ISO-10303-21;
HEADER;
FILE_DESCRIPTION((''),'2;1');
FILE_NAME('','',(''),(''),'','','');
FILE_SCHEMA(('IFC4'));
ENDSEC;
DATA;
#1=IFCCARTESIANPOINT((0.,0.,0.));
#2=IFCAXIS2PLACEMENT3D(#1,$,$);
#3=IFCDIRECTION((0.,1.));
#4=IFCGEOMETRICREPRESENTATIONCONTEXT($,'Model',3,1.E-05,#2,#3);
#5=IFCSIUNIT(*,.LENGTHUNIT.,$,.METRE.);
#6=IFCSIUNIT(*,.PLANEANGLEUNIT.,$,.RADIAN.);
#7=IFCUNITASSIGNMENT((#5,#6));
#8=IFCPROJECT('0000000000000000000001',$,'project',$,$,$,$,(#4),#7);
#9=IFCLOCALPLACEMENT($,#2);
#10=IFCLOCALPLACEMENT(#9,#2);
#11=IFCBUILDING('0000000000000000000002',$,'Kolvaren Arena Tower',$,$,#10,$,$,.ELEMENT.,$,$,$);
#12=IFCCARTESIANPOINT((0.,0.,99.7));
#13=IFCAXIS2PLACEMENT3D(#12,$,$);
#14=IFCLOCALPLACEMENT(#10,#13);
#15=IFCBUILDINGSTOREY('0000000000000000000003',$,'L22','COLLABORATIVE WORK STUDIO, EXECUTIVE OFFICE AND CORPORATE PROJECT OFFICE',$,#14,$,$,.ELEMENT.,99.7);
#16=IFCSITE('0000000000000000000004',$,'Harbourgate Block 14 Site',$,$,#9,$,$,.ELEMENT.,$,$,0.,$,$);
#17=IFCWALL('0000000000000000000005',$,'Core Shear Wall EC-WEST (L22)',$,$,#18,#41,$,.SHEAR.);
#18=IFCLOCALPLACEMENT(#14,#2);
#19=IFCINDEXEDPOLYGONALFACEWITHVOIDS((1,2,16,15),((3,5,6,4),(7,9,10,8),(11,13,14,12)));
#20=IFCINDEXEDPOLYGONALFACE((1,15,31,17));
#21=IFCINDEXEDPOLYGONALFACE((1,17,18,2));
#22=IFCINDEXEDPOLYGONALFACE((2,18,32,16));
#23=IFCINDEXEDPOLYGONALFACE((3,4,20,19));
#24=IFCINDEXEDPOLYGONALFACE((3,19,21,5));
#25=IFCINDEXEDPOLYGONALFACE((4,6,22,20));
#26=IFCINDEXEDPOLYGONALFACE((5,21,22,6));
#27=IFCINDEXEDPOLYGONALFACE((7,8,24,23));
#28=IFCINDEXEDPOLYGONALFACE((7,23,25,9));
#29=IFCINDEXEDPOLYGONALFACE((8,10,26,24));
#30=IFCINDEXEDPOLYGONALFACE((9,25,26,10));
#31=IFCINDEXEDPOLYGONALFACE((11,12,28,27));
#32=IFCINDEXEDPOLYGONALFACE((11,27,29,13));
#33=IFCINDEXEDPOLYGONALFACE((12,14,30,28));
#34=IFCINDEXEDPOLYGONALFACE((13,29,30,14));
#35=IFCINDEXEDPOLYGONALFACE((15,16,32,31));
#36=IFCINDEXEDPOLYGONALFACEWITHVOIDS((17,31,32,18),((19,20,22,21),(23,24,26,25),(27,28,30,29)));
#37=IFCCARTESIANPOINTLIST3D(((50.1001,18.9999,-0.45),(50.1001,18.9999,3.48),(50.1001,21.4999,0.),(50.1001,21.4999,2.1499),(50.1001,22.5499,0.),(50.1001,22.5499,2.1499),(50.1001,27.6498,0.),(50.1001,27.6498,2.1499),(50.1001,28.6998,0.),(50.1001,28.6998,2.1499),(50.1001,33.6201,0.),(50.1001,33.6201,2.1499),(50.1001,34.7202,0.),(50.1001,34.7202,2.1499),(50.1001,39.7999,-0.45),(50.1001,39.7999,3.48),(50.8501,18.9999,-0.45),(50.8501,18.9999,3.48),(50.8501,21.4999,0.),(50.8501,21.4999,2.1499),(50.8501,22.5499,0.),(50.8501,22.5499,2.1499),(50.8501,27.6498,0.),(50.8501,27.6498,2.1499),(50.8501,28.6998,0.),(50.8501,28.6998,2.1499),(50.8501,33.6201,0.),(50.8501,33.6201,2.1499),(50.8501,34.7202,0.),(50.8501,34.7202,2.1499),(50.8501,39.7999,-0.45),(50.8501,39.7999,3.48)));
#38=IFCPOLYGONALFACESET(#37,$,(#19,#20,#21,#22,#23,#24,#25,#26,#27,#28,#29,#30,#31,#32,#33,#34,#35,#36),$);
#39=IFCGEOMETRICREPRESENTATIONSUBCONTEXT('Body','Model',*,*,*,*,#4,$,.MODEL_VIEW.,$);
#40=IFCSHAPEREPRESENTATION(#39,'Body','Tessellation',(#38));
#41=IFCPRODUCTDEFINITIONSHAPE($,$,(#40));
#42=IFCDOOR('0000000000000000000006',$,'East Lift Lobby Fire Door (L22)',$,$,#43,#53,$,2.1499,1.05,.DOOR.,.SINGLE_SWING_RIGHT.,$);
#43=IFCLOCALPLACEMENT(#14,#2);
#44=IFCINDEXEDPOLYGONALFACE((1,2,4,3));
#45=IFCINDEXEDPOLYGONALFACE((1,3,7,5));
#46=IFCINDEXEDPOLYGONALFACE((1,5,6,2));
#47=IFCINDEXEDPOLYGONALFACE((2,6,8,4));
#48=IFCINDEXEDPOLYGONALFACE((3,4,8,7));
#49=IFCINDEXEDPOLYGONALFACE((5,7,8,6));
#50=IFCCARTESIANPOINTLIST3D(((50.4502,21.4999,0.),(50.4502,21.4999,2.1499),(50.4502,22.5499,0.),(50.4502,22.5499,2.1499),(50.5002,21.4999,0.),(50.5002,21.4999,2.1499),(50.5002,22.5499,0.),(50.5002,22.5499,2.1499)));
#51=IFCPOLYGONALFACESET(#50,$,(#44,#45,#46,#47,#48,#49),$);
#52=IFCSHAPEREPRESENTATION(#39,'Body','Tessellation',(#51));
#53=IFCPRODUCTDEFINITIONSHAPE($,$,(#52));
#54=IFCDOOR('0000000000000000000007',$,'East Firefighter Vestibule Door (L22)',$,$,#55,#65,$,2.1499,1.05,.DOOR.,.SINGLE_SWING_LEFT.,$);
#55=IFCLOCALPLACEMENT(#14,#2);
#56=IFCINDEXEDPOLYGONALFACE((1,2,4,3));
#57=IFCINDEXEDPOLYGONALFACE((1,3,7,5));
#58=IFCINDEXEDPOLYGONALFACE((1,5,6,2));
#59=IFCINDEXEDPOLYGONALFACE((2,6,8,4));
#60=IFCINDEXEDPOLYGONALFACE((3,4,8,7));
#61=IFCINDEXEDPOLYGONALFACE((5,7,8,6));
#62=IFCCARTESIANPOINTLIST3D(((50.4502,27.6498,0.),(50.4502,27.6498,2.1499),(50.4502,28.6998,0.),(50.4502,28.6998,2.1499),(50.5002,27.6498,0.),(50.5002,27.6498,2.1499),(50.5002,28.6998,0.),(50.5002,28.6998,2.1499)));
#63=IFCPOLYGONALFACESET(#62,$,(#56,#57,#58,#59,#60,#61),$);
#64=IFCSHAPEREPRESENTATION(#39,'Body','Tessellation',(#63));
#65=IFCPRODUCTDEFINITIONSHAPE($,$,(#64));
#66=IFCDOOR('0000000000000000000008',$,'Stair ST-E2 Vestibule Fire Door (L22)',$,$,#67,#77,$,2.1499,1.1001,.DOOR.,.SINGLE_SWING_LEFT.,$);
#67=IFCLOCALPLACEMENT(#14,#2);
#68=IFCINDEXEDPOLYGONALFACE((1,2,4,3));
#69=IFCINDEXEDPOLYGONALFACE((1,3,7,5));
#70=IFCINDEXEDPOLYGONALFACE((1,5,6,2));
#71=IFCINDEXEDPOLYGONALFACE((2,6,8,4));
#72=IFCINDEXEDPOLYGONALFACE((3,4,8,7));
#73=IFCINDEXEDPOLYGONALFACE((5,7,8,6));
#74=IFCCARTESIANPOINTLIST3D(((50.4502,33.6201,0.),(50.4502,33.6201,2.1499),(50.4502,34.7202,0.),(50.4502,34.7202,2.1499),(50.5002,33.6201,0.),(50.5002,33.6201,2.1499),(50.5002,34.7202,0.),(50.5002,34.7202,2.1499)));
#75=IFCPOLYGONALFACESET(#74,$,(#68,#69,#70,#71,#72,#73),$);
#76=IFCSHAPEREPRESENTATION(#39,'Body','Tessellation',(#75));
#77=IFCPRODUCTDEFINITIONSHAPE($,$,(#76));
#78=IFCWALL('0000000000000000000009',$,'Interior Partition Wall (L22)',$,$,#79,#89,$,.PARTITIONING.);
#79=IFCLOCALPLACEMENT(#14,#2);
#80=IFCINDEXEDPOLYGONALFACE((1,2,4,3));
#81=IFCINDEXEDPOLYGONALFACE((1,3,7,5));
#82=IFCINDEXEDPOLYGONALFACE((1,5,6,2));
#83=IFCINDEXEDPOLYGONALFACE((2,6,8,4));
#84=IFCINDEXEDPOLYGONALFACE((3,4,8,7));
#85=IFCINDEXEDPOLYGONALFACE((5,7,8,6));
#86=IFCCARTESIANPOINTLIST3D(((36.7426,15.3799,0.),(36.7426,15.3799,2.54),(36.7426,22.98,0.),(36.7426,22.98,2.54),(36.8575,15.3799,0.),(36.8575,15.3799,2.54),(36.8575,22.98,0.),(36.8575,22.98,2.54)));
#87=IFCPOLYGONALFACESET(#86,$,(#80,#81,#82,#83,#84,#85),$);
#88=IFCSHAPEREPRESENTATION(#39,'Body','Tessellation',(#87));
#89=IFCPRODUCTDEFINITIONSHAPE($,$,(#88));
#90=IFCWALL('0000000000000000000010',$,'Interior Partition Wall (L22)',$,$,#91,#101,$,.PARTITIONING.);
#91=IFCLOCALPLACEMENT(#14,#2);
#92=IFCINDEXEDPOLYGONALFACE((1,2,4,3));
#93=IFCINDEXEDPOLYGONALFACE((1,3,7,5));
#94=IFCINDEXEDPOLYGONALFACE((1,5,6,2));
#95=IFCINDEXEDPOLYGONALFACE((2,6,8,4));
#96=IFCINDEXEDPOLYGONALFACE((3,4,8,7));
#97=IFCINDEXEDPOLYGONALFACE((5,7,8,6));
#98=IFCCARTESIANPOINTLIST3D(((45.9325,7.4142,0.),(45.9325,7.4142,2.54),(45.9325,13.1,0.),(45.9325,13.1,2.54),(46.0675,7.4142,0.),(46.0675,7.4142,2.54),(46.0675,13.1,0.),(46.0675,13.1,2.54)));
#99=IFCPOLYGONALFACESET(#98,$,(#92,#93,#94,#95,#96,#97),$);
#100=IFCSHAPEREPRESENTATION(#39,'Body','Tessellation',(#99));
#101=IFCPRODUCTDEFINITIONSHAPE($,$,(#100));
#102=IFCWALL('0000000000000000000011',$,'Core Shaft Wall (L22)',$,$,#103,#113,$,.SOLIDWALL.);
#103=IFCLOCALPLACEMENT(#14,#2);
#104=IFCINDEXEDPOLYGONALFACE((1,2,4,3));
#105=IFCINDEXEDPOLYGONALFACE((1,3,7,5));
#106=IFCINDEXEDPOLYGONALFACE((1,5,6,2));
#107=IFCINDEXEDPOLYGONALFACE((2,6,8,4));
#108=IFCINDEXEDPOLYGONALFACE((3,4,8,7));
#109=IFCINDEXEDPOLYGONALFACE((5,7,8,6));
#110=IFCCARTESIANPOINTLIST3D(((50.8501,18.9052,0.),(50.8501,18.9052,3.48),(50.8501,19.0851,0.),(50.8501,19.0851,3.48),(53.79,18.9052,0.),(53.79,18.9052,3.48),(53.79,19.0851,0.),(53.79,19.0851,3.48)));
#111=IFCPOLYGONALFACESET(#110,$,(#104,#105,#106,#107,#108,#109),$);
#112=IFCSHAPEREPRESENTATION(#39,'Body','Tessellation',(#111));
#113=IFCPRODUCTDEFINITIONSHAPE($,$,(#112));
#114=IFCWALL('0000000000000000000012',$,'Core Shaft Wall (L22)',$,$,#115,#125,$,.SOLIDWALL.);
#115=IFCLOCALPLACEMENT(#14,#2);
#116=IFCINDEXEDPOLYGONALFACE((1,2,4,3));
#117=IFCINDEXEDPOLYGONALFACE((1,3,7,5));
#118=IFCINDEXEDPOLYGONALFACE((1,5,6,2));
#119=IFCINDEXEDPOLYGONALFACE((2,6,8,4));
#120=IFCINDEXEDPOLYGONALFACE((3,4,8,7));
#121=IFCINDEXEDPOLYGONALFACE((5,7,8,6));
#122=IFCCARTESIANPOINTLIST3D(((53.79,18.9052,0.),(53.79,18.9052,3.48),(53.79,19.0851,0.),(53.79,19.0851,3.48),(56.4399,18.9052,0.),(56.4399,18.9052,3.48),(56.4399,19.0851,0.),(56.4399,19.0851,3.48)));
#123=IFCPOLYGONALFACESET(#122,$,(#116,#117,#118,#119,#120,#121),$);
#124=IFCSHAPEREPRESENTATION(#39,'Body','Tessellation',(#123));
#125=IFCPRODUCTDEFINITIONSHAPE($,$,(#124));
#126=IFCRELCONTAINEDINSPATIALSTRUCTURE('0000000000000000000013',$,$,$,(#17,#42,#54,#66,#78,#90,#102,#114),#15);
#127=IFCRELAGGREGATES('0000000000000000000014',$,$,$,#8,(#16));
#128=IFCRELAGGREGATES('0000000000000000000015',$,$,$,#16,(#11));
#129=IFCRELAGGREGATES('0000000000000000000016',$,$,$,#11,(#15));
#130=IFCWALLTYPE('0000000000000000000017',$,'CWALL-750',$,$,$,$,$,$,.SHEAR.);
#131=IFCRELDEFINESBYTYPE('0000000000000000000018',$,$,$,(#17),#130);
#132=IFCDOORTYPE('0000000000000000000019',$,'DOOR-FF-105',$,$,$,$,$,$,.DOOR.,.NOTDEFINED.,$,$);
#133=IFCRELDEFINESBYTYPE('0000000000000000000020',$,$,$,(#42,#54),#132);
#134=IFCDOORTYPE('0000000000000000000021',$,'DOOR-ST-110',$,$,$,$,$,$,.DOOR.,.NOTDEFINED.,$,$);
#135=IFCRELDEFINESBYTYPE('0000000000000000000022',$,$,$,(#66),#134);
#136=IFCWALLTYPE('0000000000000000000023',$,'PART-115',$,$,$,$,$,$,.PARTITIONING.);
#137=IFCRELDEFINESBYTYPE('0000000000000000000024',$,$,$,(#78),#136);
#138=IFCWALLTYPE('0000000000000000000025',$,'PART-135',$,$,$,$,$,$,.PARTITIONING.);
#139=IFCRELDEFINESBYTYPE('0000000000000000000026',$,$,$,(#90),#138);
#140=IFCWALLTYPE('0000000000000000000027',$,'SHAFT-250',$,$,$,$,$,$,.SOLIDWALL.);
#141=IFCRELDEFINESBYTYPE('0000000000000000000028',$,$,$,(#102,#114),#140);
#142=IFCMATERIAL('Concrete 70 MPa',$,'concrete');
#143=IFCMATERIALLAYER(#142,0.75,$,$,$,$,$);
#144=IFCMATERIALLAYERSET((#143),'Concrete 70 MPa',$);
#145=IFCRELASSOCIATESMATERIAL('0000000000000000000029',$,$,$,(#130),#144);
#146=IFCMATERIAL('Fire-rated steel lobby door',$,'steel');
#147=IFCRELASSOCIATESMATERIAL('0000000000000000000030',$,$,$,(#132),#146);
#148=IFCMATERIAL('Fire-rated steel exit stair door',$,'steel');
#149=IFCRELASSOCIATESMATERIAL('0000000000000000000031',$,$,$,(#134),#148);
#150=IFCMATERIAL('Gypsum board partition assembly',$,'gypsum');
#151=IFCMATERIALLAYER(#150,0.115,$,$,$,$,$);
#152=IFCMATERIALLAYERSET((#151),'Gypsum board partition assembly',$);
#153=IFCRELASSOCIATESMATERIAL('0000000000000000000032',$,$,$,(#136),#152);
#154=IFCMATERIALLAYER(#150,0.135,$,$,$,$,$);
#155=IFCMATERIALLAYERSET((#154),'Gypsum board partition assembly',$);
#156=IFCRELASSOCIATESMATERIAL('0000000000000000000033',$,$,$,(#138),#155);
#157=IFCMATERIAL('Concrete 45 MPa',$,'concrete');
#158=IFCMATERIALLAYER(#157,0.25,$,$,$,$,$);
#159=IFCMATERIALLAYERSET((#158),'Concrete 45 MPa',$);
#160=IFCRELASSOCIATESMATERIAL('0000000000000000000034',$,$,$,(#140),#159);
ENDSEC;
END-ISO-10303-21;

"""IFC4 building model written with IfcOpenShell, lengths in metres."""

from ifc_helpers import new_model, si_unit, direction, frame, frame_2d, origin, place, context, subcontext, project, spatial, rectangle, extrude, material, layer, layer_set, type_object, element, fill, save


model = new_model("IFC4")

# Units and contexts
model_context = context("Model", 3, precision=1e-05, world=origin(), true_north=direction((0.0, 1.0)))
body_context = subcontext(model_context, "Body", "Model", "MODEL_VIEW")
ifc_project = project(units=[si_unit("LENGTHUNIT", "METRE"), si_unit("PLANEANGLEUNIT", "RADIAN")], contexts=[model_context])

# Site, building, storey
site_placement = place(None, origin())
site = spatial("IfcSite", under=ifc_project, at=site_placement, Name="Harbourgate Block 14 Site", CompositionType="ELEMENT", RefElevation=0.0)
building_placement = place(site_placement, origin())
building = spatial("IfcBuilding", under=site, at=building_placement, Name="Kolvaren Arena Tower", CompositionType="ELEMENT")
storey_placement = place(building_placement, frame((0.0, 0.0, 99.7)))
storey = spatial("IfcBuildingStorey", under=building, at=storey_placement, Name="L22", Description="COLLABORATIVE WORK STUDIO, EXECUTIVE OFFICE AND CORPORATE PROJECT OFFICE", CompositionType="ELEMENT", Elevation=99.7)

# Wall, openings, doors
ifc_material_1 = material(Name="Concrete 70 MPa", Category="concrete")
ifc_layer_1 = layer(ifc_material_1, 0.75)
ifc_layer_set_1 = layer_set([ifc_layer_1], Name="Concrete 70 MPa")
wall_type_1 = type_object("IfcWallType", Name="CWALL-750", PredefinedType="SHEAR", material=ifc_layer_set_1)
wall_1_placement = place(storey_placement, frame((50.4751, 19.0, -0.45), z_axis=(0.0, 0.0, 1.0), x_axis=(0.0, 1.0, 0.0)))
wall_1 = element("IfcWall", 1, at=wall_1_placement, inside=storey, type_object=wall_type_1, Name="Core Shear Wall EC-WEST (L22)", PredefinedType="SHEAR", context=body_context, shape_type="SweptSolid", body=[
    extrude(rectangle(XDim=20.8, YDim=0.75, at=frame_2d((10.3999, 0.0))), origin(), (0.0, 0.0, 1.0), 3.9299),
])
opening_1_placement = place(wall_1_placement, frame((2.5, 0.0, 0.45)))
opening_1 = element("IfcOpeningElement", 2, at=opening_1_placement, cuts=wall_1, PredefinedType="OPENING", context=body_context, shape_type="SweptSolid", body=[
    extrude(rectangle(XDim=1.05, YDim=2.1499, at=frame_2d((0.5249, 1.075))), frame((0.0, 0.385, 0.0), z_axis=(0.0, -1.0, 0.0), x_axis=(1.0, 0.0, 0.0)), (0.0, 0.0, 1.0), 0.77),
])
opening_2_placement = place(wall_1_placement, frame((8.6499, 0.0, 0.45)))
opening_2 = element("IfcOpeningElement", 3, at=opening_2_placement, cuts=wall_1, PredefinedType="OPENING", context=body_context, shape_type="SweptSolid", body=[
    extrude(rectangle(XDim=1.05, YDim=2.1499, at=frame_2d((0.5249, 1.075))), frame((0.0, 0.385, 0.0), z_axis=(0.0, -1.0, 0.0), x_axis=(1.0, 0.0, 0.0)), (0.0, 0.0, 1.0), 0.77),
])
opening_3_placement = place(wall_1_placement, frame((14.6201, 0.0, 0.45)))
opening_3 = element("IfcOpeningElement", 4, at=opening_3_placement, cuts=wall_1, PredefinedType="OPENING", context=body_context, shape_type="SweptSolid", body=[
    extrude(rectangle(XDim=1.1001, YDim=2.1499, at=frame_2d((0.55, 1.075))), frame((0.0, 0.385, 0.0), z_axis=(0.0, -1.0, 0.0), x_axis=(1.0, 0.0, 0.0)), (0.0, 0.0, 1.0), 0.77),
])
ifc_material_2 = material(Name="Fire-rated steel lobby door", Category="steel")
door_type_1 = type_object("IfcDoorType", Name="DOOR-FF-105", OperationType="NOTDEFINED", PredefinedType="DOOR", material=ifc_material_2)
door_1_placement = place(opening_1_placement, origin())
door_1 = element("IfcDoor", 5, at=door_1_placement, inside=storey, type_object=door_type_1, Name="East Lift Lobby Fire Door (L22)", OperationType="SINGLE_SWING_RIGHT", OverallHeight=2.1499, OverallWidth=1.05, PredefinedType="DOOR", context=body_context, shape_type="SweptSolid", body=[
    extrude(rectangle(XDim=1.05, YDim=2.1499, at=frame_2d((0.5249, 1.075))), frame((0.0, 0.0249, 0.0), z_axis=(0.0, -1.0, 0.0), x_axis=(1.0, 0.0, 0.0)), (0.0, 0.0, 1.0), 0.05),
])
fill(opening_1, door_1)
door_2_placement = place(opening_2_placement, origin())
door_2 = element("IfcDoor", 6, at=door_2_placement, inside=storey, type_object=door_type_1, Name="East Firefighter Vestibule Door (L22)", OperationType="SINGLE_SWING_LEFT", OverallHeight=2.1499, OverallWidth=1.05, PredefinedType="DOOR", context=body_context, shape_type="SweptSolid", body=[
    extrude(rectangle(XDim=1.05, YDim=2.1499, at=frame_2d((0.5249, 1.075))), frame((0.0, 0.0249, 0.0), z_axis=(0.0, -1.0, 0.0), x_axis=(1.0, 0.0, 0.0)), (0.0, 0.0, 1.0), 0.05),
])
fill(opening_2, door_2)
ifc_material_3 = material(Name="Fire-rated steel exit stair door", Category="steel")
door_type_2 = type_object("IfcDoorType", Name="DOOR-ST-110", OperationType="NOTDEFINED", PredefinedType="DOOR", material=ifc_material_3)
door_3_placement = place(opening_3_placement, origin())
door_3 = element("IfcDoor", 7, at=door_3_placement, inside=storey, type_object=door_type_2, Name="Stair ST-E2 Vestibule Fire Door (L22)", OperationType="SINGLE_SWING_LEFT", OverallHeight=2.1499, OverallWidth=1.1001, PredefinedType="DOOR", context=body_context, shape_type="SweptSolid", body=[
    extrude(rectangle(XDim=1.1001, YDim=2.1499, at=frame_2d((0.55, 1.075))), frame((0.0, 0.0249, 0.0), z_axis=(0.0, -1.0, 0.0), x_axis=(1.0, 0.0, 0.0)), (0.0, 0.0, 1.0), 0.05),
])
fill(opening_3, door_3)

# Walls
ifc_material_4 = material(Name="Gypsum board partition assembly", Category="gypsum")
ifc_layer_2 = layer(ifc_material_4, 0.115)
ifc_layer_set_2 = layer_set([ifc_layer_2], Name="Gypsum board partition assembly")
wall_type_2 = type_object("IfcWallType", Name="PART-115", PredefinedType="PARTITIONING", material=ifc_layer_set_2)
wall_2_placement = place(storey_placement, frame((36.8, 15.3799, 0.0), z_axis=(0.0, 0.0, 1.0), x_axis=(0.0, 1.0, 0.0)))
element("IfcWall", 8, at=wall_2_placement, inside=storey, type_object=wall_type_2, Name="Interior Partition Wall (L22)", PredefinedType="PARTITIONING", context=body_context, shape_type="SweptSolid", body=[
    extrude(rectangle(XDim=7.6001, YDim=0.115, at=frame_2d((3.8, 0.0))), origin(), (0.0, 0.0, 1.0), 2.54),
])
ifc_layer_3 = layer(ifc_material_4, 0.135)
ifc_layer_set_3 = layer_set([ifc_layer_3], Name="Gypsum board partition assembly")
wall_type_3 = type_object("IfcWallType", Name="PART-135", PredefinedType="PARTITIONING", material=ifc_layer_set_3)
wall_3_placement = place(storey_placement, frame((46.0, 7.4143, 0.0), z_axis=(0.0, 0.0, 1.0), x_axis=(0.0, 1.0, 0.0)))
element("IfcWall", 9, at=wall_3_placement, inside=storey, type_object=wall_type_3, Name="Interior Partition Wall (L22)", PredefinedType="PARTITIONING", context=body_context, shape_type="SweptSolid", body=[
    extrude(rectangle(XDim=5.6858, YDim=0.135, at=frame_2d((2.8428, 0.0))), origin(), (0.0, 0.0, 1.0), 2.54),
])
ifc_material_5 = material(Name="Concrete 45 MPa", Category="concrete")
ifc_layer_4 = layer(ifc_material_5, 0.25)
ifc_layer_set_4 = layer_set([ifc_layer_4], Name="Concrete 45 MPa")
wall_type_4 = type_object("IfcWallType", Name="SHAFT-250", PredefinedType="SOLIDWALL", material=ifc_layer_set_4)
wall_4_placement = place(storey_placement, frame((50.8501, 18.9951, 0.0), z_axis=(0.0, 0.0, 1.0), x_axis=(1.0, 0.0, 0.0)))
element("IfcWall", 10, at=wall_4_placement, inside=storey, type_object=wall_type_4, Name="Core Shaft Wall (L22)", PredefinedType="SOLIDWALL", context=body_context, shape_type="SweptSolid", body=[
    extrude(rectangle(XDim=2.9399, YDim=0.1799, at=frame_2d((1.47, 0.0))), origin(), (0.0, 0.0, 1.0), 3.48),
])
wall_5_placement = place(storey_placement, frame((53.79, 18.9951, 0.0), z_axis=(0.0, 0.0, 1.0), x_axis=(1.0, 0.0, 0.0)))
element("IfcWall", 11, at=wall_5_placement, inside=storey, type_object=wall_type_4, Name="Core Shaft Wall (L22)", PredefinedType="SOLIDWALL", context=body_context, shape_type="SweptSolid", body=[
    extrude(rectangle(XDim=2.6499, YDim=0.1799, at=frame_2d((1.325, 0.0))), origin(), (0.0, 0.0, 1.0), 3.48),
])

save(model, "model.ifc")
